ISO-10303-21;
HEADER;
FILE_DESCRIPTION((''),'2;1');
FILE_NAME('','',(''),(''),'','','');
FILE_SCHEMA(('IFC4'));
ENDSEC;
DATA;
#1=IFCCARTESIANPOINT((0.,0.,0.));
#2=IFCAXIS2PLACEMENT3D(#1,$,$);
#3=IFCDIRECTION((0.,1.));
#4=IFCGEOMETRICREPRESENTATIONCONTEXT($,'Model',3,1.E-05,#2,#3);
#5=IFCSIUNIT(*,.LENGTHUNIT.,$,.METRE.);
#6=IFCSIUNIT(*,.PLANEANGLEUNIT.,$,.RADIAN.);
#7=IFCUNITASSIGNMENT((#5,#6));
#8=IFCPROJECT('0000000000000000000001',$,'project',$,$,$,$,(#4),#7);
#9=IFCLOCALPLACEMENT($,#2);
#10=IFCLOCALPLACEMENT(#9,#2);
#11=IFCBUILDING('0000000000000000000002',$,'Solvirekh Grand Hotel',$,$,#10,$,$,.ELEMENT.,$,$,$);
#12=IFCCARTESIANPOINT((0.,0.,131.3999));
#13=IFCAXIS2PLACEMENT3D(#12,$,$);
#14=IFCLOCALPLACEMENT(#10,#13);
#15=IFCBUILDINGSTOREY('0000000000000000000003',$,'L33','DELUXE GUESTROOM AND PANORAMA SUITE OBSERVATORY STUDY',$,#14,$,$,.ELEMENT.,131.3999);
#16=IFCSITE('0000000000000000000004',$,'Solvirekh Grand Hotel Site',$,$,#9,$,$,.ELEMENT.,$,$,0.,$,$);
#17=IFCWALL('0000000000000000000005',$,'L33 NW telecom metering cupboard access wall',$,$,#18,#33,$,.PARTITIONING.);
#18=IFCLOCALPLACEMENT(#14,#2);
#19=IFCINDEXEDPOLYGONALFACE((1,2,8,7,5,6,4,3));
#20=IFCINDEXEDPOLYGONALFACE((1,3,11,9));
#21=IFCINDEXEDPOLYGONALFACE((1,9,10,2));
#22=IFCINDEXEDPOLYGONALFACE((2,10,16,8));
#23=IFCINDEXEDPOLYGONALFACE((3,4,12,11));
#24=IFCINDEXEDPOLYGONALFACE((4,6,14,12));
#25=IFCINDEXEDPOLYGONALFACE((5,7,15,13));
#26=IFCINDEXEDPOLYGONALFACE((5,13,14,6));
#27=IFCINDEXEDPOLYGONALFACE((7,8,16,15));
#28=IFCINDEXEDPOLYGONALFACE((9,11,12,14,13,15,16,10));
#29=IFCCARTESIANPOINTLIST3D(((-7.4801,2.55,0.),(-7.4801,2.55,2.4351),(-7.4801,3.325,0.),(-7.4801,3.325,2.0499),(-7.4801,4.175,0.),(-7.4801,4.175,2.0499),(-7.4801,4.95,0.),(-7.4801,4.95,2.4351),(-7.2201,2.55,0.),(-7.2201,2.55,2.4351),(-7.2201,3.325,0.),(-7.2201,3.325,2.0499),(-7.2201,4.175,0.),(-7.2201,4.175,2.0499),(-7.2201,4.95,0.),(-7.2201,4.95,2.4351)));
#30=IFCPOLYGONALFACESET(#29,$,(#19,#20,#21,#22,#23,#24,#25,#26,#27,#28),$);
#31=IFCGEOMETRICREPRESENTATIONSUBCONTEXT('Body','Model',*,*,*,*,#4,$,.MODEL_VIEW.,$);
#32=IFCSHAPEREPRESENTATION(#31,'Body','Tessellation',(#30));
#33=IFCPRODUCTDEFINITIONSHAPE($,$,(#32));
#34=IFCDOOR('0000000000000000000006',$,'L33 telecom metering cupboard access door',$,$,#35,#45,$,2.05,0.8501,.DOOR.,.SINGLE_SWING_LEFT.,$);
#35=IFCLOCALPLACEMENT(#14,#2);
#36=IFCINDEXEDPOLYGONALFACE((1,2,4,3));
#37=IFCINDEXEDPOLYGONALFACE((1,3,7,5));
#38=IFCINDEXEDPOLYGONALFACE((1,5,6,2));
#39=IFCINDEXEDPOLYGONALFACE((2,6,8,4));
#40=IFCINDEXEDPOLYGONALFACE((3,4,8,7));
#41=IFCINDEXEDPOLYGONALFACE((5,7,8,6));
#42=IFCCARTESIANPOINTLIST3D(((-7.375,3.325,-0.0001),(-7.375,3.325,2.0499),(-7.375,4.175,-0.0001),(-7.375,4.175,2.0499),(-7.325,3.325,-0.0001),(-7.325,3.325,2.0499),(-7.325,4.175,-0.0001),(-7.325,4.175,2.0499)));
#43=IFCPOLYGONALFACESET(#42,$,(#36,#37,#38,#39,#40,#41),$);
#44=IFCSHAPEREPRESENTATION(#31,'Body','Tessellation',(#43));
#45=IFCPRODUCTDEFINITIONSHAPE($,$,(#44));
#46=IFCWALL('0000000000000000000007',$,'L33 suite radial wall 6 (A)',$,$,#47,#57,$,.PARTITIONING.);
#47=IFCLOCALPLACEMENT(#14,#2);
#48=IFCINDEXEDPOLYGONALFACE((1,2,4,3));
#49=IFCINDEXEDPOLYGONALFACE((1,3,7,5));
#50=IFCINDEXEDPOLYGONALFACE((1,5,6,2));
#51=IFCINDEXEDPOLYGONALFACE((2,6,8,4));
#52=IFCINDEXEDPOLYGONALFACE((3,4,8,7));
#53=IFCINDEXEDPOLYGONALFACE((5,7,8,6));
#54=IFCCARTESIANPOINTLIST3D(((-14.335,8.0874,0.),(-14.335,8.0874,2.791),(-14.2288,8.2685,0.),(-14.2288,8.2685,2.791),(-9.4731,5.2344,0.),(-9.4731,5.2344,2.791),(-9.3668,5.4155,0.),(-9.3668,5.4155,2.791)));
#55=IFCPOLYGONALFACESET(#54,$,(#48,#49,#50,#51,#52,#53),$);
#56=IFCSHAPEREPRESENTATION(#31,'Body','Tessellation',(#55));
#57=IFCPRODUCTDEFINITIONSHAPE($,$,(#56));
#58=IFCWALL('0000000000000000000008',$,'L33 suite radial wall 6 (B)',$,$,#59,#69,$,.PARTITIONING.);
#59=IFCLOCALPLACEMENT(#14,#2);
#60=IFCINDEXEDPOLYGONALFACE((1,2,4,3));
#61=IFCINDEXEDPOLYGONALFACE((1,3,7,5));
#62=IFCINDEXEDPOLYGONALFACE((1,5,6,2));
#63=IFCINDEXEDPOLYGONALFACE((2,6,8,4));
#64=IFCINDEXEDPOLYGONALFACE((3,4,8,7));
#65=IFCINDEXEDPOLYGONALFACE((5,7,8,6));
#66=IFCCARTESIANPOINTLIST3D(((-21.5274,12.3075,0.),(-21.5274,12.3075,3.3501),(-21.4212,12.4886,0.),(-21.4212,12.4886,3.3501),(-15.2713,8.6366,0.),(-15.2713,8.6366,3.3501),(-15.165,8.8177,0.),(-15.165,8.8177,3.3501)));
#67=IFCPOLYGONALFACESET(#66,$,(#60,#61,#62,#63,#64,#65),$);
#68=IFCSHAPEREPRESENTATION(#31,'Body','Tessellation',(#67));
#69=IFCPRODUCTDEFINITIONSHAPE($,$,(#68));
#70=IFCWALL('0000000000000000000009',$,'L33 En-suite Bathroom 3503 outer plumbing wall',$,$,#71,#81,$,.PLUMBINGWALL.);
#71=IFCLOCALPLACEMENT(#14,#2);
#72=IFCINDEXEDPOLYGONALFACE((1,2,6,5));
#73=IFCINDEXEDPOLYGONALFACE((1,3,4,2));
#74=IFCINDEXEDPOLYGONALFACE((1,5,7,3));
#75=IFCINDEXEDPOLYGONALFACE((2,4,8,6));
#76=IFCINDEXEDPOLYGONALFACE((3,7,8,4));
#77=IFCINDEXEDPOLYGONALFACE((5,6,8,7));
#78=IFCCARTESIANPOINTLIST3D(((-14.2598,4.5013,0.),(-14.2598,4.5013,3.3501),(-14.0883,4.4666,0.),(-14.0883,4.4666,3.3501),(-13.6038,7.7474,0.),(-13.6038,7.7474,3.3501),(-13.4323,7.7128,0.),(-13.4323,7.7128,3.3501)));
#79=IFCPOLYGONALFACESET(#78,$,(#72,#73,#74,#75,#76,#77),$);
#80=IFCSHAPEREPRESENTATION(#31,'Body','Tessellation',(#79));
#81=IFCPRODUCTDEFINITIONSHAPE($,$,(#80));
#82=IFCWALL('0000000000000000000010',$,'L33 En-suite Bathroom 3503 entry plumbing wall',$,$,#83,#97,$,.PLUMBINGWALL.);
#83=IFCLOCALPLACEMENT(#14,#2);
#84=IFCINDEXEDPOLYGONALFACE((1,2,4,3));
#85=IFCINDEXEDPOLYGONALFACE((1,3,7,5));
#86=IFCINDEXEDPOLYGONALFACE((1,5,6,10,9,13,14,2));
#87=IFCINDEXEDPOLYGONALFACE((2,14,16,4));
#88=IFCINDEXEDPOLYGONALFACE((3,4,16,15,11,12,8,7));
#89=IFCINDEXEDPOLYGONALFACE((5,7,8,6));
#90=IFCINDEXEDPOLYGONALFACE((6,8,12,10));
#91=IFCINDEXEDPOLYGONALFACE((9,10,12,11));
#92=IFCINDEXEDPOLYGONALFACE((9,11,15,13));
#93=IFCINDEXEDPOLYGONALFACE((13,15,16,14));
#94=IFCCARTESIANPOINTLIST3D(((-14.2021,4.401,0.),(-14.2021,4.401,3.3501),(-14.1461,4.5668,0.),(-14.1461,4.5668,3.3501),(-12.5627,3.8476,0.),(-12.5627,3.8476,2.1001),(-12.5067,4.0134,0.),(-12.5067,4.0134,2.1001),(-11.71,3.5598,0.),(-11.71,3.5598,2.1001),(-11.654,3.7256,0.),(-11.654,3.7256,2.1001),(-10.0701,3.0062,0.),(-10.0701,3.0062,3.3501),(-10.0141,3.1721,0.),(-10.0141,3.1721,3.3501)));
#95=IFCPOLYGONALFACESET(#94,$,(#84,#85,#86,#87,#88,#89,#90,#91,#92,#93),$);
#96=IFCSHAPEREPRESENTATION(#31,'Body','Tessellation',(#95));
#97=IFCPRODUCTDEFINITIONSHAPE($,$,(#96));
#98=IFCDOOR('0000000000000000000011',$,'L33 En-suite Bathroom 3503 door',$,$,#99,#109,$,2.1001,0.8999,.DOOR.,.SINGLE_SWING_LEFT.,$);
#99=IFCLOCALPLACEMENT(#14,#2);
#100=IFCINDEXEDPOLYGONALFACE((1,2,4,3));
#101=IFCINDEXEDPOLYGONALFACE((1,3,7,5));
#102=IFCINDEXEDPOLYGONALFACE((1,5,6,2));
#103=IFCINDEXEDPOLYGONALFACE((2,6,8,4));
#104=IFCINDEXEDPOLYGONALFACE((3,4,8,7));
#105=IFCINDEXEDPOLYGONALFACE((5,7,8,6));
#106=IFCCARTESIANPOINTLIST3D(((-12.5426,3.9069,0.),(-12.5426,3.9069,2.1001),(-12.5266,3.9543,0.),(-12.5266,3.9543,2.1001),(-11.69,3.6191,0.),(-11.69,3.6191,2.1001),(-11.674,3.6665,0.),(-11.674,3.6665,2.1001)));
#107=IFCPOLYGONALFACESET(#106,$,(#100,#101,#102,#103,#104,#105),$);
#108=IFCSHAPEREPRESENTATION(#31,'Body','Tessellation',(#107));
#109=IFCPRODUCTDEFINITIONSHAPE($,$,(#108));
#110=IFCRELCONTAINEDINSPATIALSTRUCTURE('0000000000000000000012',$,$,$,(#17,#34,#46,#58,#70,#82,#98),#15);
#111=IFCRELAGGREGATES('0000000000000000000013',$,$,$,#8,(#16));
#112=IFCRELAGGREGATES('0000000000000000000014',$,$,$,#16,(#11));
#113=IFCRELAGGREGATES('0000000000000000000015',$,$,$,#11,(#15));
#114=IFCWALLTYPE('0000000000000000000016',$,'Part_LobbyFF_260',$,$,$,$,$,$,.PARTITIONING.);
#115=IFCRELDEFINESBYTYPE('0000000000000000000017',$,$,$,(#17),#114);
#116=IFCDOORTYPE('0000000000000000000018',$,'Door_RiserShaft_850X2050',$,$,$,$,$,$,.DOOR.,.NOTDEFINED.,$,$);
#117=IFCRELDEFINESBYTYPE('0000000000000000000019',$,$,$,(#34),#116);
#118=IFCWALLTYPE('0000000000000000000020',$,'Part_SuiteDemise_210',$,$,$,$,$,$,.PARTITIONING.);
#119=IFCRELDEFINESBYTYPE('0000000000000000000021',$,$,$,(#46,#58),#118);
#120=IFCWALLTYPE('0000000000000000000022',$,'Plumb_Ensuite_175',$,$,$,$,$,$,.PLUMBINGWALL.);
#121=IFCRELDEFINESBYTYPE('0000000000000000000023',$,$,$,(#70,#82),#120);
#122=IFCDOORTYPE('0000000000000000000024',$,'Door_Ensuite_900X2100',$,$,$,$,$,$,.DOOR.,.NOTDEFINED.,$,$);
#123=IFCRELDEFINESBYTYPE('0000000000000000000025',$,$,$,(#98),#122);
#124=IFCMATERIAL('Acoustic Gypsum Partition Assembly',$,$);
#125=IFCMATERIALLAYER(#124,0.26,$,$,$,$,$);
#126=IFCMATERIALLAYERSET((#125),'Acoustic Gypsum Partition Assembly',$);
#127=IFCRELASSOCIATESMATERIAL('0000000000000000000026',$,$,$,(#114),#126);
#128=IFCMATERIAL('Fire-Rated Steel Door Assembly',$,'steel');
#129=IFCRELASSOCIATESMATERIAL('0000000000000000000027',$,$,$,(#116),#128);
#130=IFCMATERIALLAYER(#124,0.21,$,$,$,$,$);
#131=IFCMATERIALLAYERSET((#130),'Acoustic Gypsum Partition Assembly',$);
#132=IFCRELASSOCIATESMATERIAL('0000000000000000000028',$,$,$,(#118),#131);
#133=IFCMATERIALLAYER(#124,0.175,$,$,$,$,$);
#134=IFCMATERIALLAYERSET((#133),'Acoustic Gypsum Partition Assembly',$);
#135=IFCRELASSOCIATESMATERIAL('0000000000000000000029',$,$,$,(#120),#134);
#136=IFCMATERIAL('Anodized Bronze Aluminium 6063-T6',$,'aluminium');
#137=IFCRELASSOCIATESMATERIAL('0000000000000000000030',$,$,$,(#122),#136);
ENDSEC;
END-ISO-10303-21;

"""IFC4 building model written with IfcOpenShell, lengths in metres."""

from ifc_helpers import new_model, si_unit, direction, frame, frame_2d, origin, place, context, subcontext, project, spatial, rectangle, extrude, material, layer, layer_set, type_object, element, fill, save


model = new_model("IFC4")

# Units and contexts
model_context = context("Model", 3, precision=1e-05, world=origin(), true_north=direction((0.0, 1.0)))
body_context = subcontext(model_context, "Body", "Model", "MODEL_VIEW")
ifc_project = project(units=[si_unit("LENGTHUNIT", "METRE"), si_unit("PLANEANGLEUNIT", "RADIAN")], contexts=[model_context])

# Site, building, storey
site_placement = place(None, origin())
site = spatial("IfcSite", under=ifc_project, at=site_placement, Name="Solvirekh Grand Hotel Site", CompositionType="ELEMENT", RefElevation=0.0)
building_placement = place(site_placement, origin())
building = spatial("IfcBuilding", under=site, at=building_placement, Name="Solvirekh Grand Hotel", CompositionType="ELEMENT")
storey_placement = place(building_placement, frame((0.0, 0.0, 131.3999)))
storey = spatial("IfcBuildingStorey", under=building, at=storey_placement, Name="L33", Description="DELUXE GUESTROOM AND PANORAMA SUITE OBSERVATORY STUDY", CompositionType="ELEMENT", Elevation=131.3999)

# Shared definitions
ifc_material_1 = material(Name="Anodized Bronze Aluminium 6063-T6", Category="aluminium")

# Shared definitions
ifc_material_2 = material(Name="Acoustic Gypsum Partition Assembly")
ifc_material_3 = material(Name="Fire-Rated Steel Door Assembly", Category="steel")

# Shared definitions
ifc_layer_1 = layer(ifc_material_2, 0.26)
ifc_layer_set_1 = layer_set([ifc_layer_1], Name="Acoustic Gypsum Partition Assembly")
wall_type_1 = type_object("IfcWallType", Name="Part_LobbyFF_260", PredefinedType="PARTITIONING", material=ifc_layer_set_1)

# Wall, opening, door
wall_1_placement = place(storey_placement, frame((-7.3501, 2.55, 0.0), z_axis=(0.0, 0.0, 1.0), x_axis=(0.0, 1.0, 0.0)))
wall_1 = element("IfcWall", 1, at=wall_1_placement, inside=storey, type_object=wall_type_1, Name="L33 NW telecom metering cupboard access wall", PredefinedType="PARTITIONING", context=body_context, shape_type="SweptSolid", body=[
    extrude(rectangle(XDim=2.3999, YDim=0.26, at=frame_2d((1.2, 0.0))), origin(), (0.0, 0.0, 1.0), 2.4351),
])
opening_1_placement = place(wall_1_placement, frame((0.7749, 0.0, 0.0)))
opening_1 = element("IfcOpeningElement", 2, at=opening_1_placement, cuts=wall_1, PredefinedType="OPENING", context=body_context, shape_type="SweptSolid", body=[
    extrude(rectangle(XDim=0.8501, YDim=2.05, at=frame_2d((0.425, 1.0249))), frame((0.0, 0.1401, 0.0), z_axis=(0.0, -1.0, 0.0), x_axis=(1.0, 0.0, 0.0)), (0.0, 0.0, 1.0), 0.28),
])
door_type_1 = type_object("IfcDoorType", Name="Door_RiserShaft_850X2050", OperationType="NOTDEFINED", PredefinedType="DOOR", material=ifc_material_3)
door_1_placement = place(opening_1_placement, origin())
door_1 = element("IfcDoor", 3, at=door_1_placement, inside=storey, type_object=door_type_1, Name="L33 telecom metering cupboard access door", OperationType="SINGLE_SWING_LEFT", OverallHeight=2.05, OverallWidth=0.8501, PredefinedType="DOOR", context=body_context, shape_type="SweptSolid", body=[
    extrude(rectangle(XDim=0.8501, YDim=2.05, at=frame_2d((0.425, 1.0249))), frame((0.0, 0.0249, 0.0), z_axis=(0.0, -1.0, 0.0), x_axis=(1.0, 0.0, 0.0)), (0.0, 0.0, 1.0), 0.05),
])
fill(opening_1, door_1)

# Walls
ifc_layer_2 = layer(ifc_material_2, 0.21)
ifc_layer_set_2 = layer_set([ifc_layer_2], Name="Acoustic Gypsum Partition Assembly")
wall_type_2 = type_object("IfcWallType", Name="Part_SuiteDemise_210", PredefinedType="PARTITIONING", material=ifc_layer_set_2)
wall_2_placement = place(storey_placement, frame((-9.4199, 5.325, 0.0), z_axis=(0.0, 0.0, 1.0), x_axis=(-0.862477, 0.506096, 0.0)))
element("IfcWall", 4, at=wall_2_placement, inside=storey, type_object=wall_type_2, Name="L33 suite radial wall 6 (A)", PredefinedType="PARTITIONING", context=body_context, shape_type="SweptSolid", body=[
    extrude(rectangle(XDim=5.6372, YDim=0.21, at=frame_2d((2.8186, 0.0))), origin(), (0.0, 0.0, 1.0), 2.791),
])
wall_3_placement = place(storey_placement, frame((-15.218, 8.7271, 0.0), z_axis=(0.0, 0.0, 1.0), x_axis=(-0.862486, 0.506081, 0.0)))
element("IfcWall", 5, at=wall_3_placement, inside=storey, type_object=wall_type_2, Name="L33 suite radial wall 6 (B)", PredefinedType="PARTITIONING", context=body_context, shape_type="SweptSolid", body=[
    extrude(rectangle(XDim=7.2537, YDim=0.21, at=frame_2d((3.627, 0.0))), origin(), (0.0, 0.0, 1.0), 3.3501),
])
ifc_layer_3 = layer(ifc_material_2, 0.175)
ifc_layer_set_3 = layer_set([ifc_layer_3], Name="Acoustic Gypsum Partition Assembly")
wall_type_3 = type_object("IfcWallType", Name="Plumb_Ensuite_175", PredefinedType="PLUMBINGWALL", material=ifc_layer_set_3)
wall_4_placement = place(storey_placement, frame((-13.5181, 7.73, 0.0), z_axis=(0.0, 0.0, 1.0), x_axis=(-0.198086, -0.980185, 0.0)))
element("IfcWall", 6, at=wall_4_placement, inside=storey, type_object=wall_type_3, Name="L33 En-suite Bathroom 3503 outer plumbing wall", PredefinedType="PLUMBINGWALL", context=body_context, shape_type="SweptSolid", body=[
    extrude(rectangle(XDim=3.3118, YDim=0.175, at=frame_2d((1.6558, 0.0))), origin(), (0.0, 0.0, 1.0), 3.3501),
])

# Wall, opening, door
wall_5_placement = place(storey_placement, frame((-10.042, 3.0891, 0.0), z_axis=(0.0, 0.0, 1.0), x_axis=(-0.947478, 0.319819, 0.0)))
wall_5 = element("IfcWall", 7, at=wall_5_placement, inside=storey, type_object=wall_type_3, Name="L33 En-suite Bathroom 3503 entry plumbing wall", PredefinedType="PLUMBINGWALL", context=body_context, shape_type="SweptSolid", body=[
    extrude(rectangle(XDim=4.3611, YDim=0.175, at=frame_2d((2.1807, 0.0))), origin(), (0.0, 0.0, 1.0), 3.3501),
])
opening_2_placement = place(wall_5_placement, frame((1.731, 0.0, 0.0)))
opening_2 = element("IfcOpeningElement", 8, at=opening_2_placement, cuts=wall_5, PredefinedType="OPENING", context=body_context, shape_type="SweptSolid", body=[
    extrude(rectangle(XDim=0.8999, YDim=2.1001, at=frame_2d((0.45, 1.05))), frame((0.0, 0.0977, 0.0), z_axis=(0.0, -1.0, 0.0), x_axis=(1.0, 0.0, 0.0)), (0.0, 0.0, 1.0), 0.1951),
])
door_type_2 = type_object("IfcDoorType", Name="Door_Ensuite_900X2100", OperationType="NOTDEFINED", PredefinedType="DOOR", material=ifc_material_1)
door_2_placement = place(opening_2_placement, origin())
door_2 = element("IfcDoor", 9, at=door_2_placement, inside=storey, type_object=door_type_2, Name="L33 En-suite Bathroom 3503 door", OperationType="SINGLE_SWING_LEFT", OverallHeight=2.1001, OverallWidth=0.8999, PredefinedType="DOOR", context=body_context, shape_type="SweptSolid", body=[
    extrude(rectangle(XDim=0.8999, YDim=2.1001, at=frame_2d((0.45, 1.05))), frame((0.0, 0.0249, 0.0), z_axis=(0.0, -1.0, 0.0), x_axis=(1.0, 0.0, 0.0)), (0.0, 0.0, 1.0), 0.05),
])
fill(opening_2, door_2)

save(model, "model.ifc")
